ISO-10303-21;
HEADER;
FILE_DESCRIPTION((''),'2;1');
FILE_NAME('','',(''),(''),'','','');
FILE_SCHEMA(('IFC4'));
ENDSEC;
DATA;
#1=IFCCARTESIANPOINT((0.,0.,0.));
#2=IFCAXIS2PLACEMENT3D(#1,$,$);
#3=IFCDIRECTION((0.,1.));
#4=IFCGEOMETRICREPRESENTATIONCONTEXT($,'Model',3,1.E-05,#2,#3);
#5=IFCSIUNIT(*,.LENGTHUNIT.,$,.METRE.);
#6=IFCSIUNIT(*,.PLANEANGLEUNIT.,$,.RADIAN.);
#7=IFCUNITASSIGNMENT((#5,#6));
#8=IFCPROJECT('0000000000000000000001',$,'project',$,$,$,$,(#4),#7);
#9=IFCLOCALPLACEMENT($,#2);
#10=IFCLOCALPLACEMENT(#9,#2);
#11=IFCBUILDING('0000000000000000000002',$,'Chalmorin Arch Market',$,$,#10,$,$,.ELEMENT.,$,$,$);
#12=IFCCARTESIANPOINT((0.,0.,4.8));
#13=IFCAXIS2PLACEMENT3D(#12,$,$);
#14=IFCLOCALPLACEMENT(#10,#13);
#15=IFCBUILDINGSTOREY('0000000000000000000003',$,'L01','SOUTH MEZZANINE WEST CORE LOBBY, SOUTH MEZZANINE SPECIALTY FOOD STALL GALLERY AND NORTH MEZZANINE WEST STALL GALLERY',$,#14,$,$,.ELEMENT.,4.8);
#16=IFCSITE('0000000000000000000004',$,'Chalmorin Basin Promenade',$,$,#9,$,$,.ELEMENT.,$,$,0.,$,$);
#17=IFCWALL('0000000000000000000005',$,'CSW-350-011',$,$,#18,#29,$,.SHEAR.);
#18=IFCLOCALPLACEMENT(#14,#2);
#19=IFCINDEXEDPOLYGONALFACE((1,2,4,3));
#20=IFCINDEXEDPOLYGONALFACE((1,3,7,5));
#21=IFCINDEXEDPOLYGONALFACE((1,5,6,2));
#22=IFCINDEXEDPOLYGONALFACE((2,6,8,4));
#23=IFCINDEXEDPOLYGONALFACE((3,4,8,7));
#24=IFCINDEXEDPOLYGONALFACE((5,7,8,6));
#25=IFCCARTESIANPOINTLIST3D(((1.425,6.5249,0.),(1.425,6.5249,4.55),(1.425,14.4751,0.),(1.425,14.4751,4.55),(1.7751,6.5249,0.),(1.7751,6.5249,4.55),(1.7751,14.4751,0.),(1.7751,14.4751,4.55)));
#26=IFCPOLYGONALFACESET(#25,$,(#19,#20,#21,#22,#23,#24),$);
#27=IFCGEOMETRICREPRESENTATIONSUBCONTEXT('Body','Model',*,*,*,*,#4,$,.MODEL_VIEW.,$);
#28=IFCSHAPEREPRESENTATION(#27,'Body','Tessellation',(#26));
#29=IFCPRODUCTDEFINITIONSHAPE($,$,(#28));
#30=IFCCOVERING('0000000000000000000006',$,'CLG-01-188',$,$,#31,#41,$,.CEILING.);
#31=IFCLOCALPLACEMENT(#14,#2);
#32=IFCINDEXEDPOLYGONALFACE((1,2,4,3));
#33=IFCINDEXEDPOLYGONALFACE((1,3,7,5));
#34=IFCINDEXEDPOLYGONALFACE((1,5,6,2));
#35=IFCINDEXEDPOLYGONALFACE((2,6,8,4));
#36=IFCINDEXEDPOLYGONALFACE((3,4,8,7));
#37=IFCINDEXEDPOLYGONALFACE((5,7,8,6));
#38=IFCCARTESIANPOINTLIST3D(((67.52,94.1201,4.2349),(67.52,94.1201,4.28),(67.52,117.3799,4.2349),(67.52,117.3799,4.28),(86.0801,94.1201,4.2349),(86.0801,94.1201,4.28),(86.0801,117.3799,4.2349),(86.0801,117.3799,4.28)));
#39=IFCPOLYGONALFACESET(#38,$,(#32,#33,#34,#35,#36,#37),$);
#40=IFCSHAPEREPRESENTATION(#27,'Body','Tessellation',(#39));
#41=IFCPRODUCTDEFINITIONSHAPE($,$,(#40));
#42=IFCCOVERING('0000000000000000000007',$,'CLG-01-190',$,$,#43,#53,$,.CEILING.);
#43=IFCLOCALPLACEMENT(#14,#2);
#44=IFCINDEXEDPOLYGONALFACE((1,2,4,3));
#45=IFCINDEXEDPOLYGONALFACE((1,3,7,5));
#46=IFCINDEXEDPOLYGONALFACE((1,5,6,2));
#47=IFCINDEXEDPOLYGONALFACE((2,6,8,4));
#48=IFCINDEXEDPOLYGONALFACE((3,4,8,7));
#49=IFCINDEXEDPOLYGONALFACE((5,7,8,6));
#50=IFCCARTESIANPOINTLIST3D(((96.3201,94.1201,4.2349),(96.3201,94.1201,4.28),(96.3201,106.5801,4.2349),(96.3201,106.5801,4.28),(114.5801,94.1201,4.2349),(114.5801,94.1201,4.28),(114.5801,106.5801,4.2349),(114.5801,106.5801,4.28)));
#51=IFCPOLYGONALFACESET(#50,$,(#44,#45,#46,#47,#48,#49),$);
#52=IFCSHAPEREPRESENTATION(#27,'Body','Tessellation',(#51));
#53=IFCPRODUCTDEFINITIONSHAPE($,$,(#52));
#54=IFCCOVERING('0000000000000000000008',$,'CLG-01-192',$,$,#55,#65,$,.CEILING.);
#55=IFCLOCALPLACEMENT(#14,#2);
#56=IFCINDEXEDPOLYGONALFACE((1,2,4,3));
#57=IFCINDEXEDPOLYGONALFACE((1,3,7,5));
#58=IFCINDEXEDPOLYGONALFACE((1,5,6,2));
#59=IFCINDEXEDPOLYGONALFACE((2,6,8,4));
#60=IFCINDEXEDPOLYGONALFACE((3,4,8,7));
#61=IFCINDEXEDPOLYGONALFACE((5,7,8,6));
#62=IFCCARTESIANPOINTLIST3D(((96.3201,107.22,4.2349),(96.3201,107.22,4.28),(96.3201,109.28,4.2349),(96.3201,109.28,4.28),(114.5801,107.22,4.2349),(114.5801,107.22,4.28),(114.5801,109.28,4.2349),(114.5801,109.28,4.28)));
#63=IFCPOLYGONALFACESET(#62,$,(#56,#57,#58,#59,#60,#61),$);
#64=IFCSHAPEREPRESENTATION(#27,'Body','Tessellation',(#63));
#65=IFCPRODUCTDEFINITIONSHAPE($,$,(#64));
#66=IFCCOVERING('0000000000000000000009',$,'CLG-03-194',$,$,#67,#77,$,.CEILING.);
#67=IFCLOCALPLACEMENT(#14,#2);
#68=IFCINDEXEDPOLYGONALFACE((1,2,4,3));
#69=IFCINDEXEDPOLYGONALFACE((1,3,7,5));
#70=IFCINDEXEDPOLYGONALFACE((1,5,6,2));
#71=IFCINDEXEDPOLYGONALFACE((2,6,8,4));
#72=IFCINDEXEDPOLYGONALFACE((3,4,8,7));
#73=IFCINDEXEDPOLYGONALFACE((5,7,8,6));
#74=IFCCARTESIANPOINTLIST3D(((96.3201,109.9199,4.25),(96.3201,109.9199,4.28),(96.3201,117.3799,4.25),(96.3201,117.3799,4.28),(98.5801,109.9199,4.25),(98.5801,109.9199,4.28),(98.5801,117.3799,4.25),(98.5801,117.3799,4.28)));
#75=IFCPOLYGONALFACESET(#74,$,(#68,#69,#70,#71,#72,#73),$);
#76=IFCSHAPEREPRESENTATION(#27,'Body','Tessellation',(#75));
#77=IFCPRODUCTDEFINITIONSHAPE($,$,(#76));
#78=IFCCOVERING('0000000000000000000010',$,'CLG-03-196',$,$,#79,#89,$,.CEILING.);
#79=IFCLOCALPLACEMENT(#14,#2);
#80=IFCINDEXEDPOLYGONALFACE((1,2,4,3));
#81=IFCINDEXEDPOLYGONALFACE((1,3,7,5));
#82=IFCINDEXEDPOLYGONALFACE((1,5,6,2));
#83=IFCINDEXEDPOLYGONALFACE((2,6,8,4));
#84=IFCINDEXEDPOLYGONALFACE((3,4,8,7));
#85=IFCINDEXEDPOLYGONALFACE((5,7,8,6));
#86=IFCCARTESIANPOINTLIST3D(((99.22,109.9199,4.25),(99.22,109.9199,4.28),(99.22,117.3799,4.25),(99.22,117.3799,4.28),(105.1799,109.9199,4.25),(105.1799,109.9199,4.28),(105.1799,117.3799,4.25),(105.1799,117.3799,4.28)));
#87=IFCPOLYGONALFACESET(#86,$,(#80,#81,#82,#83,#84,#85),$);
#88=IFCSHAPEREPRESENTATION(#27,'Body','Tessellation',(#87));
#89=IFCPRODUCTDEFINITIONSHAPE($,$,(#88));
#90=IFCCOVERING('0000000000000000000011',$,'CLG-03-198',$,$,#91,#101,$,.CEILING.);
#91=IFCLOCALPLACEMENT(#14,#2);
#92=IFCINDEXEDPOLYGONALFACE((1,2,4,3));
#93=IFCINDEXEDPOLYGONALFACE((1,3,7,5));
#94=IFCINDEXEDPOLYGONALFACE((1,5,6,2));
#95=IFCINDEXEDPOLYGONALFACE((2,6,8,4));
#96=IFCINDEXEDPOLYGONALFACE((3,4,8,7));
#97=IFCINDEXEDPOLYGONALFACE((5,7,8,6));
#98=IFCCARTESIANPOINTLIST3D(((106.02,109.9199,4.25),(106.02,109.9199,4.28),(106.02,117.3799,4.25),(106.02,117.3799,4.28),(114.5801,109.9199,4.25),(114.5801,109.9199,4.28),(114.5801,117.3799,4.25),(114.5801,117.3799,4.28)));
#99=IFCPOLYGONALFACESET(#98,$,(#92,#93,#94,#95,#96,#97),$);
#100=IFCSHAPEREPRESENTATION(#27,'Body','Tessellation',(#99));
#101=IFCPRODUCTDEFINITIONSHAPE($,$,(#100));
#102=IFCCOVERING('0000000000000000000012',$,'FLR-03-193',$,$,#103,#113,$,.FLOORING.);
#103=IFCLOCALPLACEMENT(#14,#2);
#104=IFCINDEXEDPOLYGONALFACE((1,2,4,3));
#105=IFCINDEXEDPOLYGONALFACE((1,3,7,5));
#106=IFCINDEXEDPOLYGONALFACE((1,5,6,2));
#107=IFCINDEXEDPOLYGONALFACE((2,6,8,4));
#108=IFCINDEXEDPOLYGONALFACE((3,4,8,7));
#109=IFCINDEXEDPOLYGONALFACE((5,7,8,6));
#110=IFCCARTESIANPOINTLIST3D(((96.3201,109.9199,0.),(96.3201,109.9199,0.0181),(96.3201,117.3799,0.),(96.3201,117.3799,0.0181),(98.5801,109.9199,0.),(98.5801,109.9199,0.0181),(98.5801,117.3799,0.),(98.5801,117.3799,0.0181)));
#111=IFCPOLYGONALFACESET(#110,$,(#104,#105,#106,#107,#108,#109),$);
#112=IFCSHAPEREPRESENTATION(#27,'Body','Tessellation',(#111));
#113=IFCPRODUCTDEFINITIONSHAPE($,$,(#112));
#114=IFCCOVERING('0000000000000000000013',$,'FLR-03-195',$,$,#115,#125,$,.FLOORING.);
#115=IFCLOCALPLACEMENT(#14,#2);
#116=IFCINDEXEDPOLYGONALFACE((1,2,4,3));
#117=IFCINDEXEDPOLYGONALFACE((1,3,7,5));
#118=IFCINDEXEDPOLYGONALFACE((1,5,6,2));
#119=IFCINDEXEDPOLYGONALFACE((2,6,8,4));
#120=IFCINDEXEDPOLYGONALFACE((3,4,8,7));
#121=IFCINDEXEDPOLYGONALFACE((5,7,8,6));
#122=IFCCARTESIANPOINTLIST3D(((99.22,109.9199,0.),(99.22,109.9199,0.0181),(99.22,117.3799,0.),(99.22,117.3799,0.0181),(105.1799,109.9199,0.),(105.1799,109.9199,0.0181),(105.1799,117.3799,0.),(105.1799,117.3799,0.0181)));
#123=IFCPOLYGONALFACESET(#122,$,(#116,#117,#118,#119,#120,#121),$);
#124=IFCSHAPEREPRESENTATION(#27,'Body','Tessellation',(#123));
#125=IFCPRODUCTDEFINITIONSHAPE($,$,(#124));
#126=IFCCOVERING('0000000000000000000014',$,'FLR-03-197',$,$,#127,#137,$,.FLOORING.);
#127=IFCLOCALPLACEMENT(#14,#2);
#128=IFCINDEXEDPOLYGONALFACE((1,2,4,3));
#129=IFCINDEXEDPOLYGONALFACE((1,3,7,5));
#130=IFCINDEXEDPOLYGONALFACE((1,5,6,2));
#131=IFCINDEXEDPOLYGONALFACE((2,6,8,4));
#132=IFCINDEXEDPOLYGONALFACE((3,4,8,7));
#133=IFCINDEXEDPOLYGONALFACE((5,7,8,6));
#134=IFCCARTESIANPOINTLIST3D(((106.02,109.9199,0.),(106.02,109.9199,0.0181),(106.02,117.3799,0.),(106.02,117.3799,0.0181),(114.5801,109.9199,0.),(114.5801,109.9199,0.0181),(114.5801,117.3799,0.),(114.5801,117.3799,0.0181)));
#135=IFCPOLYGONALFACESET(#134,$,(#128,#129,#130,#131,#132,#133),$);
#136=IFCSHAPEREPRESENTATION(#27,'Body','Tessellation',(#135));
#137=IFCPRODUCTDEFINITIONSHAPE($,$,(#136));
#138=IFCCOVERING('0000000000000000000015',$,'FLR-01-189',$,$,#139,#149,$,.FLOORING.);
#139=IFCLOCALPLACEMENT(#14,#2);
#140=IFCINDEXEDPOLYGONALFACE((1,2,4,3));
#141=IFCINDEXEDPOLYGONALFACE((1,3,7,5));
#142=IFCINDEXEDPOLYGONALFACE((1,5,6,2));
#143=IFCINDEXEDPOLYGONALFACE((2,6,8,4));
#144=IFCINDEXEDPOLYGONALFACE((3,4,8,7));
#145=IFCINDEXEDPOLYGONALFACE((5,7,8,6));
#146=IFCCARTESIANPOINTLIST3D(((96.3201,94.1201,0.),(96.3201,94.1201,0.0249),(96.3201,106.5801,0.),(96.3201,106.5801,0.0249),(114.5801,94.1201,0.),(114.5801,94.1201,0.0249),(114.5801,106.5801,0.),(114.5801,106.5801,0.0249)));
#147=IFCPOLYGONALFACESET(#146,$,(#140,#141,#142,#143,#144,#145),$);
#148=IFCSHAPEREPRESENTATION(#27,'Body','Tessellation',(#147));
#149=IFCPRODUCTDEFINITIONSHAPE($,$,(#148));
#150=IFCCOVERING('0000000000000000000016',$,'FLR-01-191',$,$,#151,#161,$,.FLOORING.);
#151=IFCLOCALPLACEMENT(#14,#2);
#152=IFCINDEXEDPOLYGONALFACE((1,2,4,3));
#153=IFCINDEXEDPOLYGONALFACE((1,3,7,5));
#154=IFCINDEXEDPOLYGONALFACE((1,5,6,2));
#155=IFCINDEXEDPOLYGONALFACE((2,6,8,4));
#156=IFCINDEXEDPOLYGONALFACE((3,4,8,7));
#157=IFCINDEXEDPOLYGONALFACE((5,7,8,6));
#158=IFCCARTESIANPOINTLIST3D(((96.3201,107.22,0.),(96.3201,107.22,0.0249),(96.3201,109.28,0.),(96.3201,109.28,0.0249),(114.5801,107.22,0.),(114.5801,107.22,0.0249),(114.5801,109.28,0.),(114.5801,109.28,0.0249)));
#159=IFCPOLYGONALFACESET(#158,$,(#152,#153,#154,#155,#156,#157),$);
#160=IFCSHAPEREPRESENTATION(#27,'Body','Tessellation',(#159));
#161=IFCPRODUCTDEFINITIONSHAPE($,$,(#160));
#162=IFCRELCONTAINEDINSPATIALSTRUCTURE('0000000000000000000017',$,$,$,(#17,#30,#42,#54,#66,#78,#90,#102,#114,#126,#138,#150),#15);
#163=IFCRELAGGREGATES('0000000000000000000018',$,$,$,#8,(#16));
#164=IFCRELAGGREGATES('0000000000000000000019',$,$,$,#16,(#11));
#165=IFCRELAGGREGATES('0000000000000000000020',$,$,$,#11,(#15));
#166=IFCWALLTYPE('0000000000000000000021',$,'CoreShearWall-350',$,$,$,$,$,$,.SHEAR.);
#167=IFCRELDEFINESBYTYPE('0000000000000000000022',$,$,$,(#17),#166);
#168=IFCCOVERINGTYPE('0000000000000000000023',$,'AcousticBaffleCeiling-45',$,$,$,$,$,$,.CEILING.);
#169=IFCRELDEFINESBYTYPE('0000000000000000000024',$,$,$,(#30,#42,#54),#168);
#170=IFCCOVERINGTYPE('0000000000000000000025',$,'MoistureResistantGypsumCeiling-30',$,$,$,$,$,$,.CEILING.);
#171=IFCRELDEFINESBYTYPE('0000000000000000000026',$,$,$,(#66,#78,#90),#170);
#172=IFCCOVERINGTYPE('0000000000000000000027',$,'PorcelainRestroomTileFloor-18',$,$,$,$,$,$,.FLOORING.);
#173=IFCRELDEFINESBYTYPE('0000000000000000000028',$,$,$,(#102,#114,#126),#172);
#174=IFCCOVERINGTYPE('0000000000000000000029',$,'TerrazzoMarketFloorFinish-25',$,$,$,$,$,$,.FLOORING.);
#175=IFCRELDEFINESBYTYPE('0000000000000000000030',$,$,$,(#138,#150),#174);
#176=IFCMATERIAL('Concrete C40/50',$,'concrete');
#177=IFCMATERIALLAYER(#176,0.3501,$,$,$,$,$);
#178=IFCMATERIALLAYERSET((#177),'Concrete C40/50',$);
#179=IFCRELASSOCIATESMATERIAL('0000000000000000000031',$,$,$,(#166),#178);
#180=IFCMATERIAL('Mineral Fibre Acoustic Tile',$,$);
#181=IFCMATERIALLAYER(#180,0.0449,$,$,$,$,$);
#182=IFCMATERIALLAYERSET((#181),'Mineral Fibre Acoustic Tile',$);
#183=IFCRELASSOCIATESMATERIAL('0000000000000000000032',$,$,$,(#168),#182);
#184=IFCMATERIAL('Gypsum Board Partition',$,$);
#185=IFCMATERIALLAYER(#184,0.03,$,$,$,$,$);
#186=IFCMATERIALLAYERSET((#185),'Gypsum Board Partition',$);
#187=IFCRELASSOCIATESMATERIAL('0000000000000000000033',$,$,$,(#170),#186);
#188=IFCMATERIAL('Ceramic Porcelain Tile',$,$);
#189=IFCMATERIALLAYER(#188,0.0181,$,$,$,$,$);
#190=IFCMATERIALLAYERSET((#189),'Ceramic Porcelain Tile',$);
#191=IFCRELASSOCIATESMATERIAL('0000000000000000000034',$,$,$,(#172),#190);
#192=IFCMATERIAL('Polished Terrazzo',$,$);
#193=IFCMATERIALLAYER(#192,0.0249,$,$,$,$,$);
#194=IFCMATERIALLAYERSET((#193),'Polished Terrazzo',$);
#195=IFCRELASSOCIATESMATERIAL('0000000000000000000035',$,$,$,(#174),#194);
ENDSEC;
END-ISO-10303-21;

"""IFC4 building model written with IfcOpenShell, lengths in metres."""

from ifc_helpers import new_model, si_unit, direction, frame, frame_2d, origin, place, context, subcontext, project, spatial, polyline, rectangle, outline, extrude, material, layer, layer_set, type_object, element, save


model = new_model("IFC4")

# Units and contexts
model_context = context("Model", 3, precision=1e-05, world=origin(), true_north=direction((0.0, 1.0)))
body_context = subcontext(model_context, "Body", "Model", "MODEL_VIEW")
ifc_project = project(units=[si_unit("LENGTHUNIT", "METRE"), si_unit("PLANEANGLEUNIT", "RADIAN")], contexts=[model_context])

# Site, building, storey
site_placement = place(None, origin())
site = spatial("IfcSite", under=ifc_project, at=site_placement, Name="Chalmorin Basin Promenade", CompositionType="ELEMENT", RefElevation=0.0)
building_placement = place(site_placement, origin())
building = spatial("IfcBuilding", under=site, at=building_placement, Name="Chalmorin Arch Market", CompositionType="ELEMENT")
storey_placement = place(building_placement, frame((0.0, 0.0, 4.8)))
storey = spatial("IfcBuildingStorey", under=building, at=storey_placement, Name="L01", Description="SOUTH MEZZANINE WEST CORE LOBBY, SOUTH MEZZANINE SPECIALTY FOOD STALL GALLERY AND NORTH MEZZANINE WEST STALL GALLERY", CompositionType="ELEMENT", Elevation=4.8)

# Shared definitions
ifc_material_1 = material(Name="Concrete C40/50", Category="concrete")

# Wall
ifc_layer_1 = layer(ifc_material_1, 0.3501)
ifc_layer_set_1 = layer_set([ifc_layer_1], Name="Concrete C40/50")
wall_type = type_object("IfcWallType", Name="CoreShearWall-350", PredefinedType="SHEAR", material=ifc_layer_set_1)
wall_placement = place(storey_placement, frame((1.6001, 6.5249, 0.0), z_axis=(0.0, 0.0, 1.0), x_axis=(0.0, 1.0, 0.0)))
element("IfcWall", 1, at=wall_placement, inside=storey, type_object=wall_type, Name="CSW-350-011", PredefinedType="SHEAR", context=body_context, shape_type="SweptSolid", body=[
    extrude(rectangle(XDim=7.9502, YDim=0.3501, at=frame_2d((3.9751, 0.0))), origin(), (0.0, 0.0, 1.0), 4.55),
])

# Coverings
ifc_material_2 = material(Name="Mineral Fibre Acoustic Tile")
ifc_layer_2 = layer(ifc_material_2, 0.0449)
ifc_layer_set_2 = layer_set([ifc_layer_2], Name="Mineral Fibre Acoustic Tile")
covering_type_1 = type_object("IfcCoveringType", Name="AcousticBaffleCeiling-45", PredefinedType="CEILING", material=ifc_layer_set_2)
covering_1_placement = place(storey_placement, frame((0.0, 0.0, 4.2349)))
element("IfcCovering", 2, at=covering_1_placement, inside=storey, type_object=covering_type_1, Name="CLG-01-188", PredefinedType="CEILING", context=body_context, shape_type="SweptSolid", body=[
    extrude(outline(polyline([(67.52, 94.1201), (86.0801, 94.1201), (86.0801, 117.3799), (67.52, 117.3799), (67.52, 94.1201)])), origin(), (0.0, 0.0, 1.0), 0.0452),
])
covering_2_placement = place(storey_placement, frame((0.0, 0.0, 4.2349)))
element("IfcCovering", 3, at=covering_2_placement, inside=storey, type_object=covering_type_1, Name="CLG-01-190", PredefinedType="CEILING", context=body_context, shape_type="SweptSolid", body=[
    extrude(outline(polyline([(96.3201, 94.1201), (114.5801, 94.1201), (114.5801, 106.5801), (96.3201, 106.5801), (96.3201, 94.1201)])), origin(), (0.0, 0.0, 1.0), 0.0452),
])
covering_3_placement = place(storey_placement, frame((0.0, 0.0, 4.2349)))
element("IfcCovering", 4, at=covering_3_placement, inside=storey, type_object=covering_type_1, Name="CLG-01-192", PredefinedType="CEILING", context=body_context, shape_type="SweptSolid", body=[
    extrude(outline(polyline([(96.3201, 107.22), (114.5801, 107.22), (114.5801, 109.28), (96.3201, 109.28), (96.3201, 107.22)])), origin(), (0.0, 0.0, 1.0), 0.0452),
])
ifc_material_3 = material(Name="Gypsum Board Partition")
ifc_layer_3 = layer(ifc_material_3, 0.03)
ifc_layer_set_3 = layer_set([ifc_layer_3], Name="Gypsum Board Partition")
covering_type_2 = type_object("IfcCoveringType", Name="MoistureResistantGypsumCeiling-30", PredefinedType="CEILING", material=ifc_layer_set_3)
covering_4_placement = place(storey_placement, frame((0.0, 0.0, 4.25)))
element("IfcCovering", 5, at=covering_4_placement, inside=storey, type_object=covering_type_2, Name="CLG-03-194", PredefinedType="CEILING", context=body_context, shape_type="SweptSolid", body=[
    extrude(outline(polyline([(96.3201, 109.9199), (98.5801, 109.9199), (98.5801, 117.3799), (96.3201, 117.3799), (96.3201, 109.9199)])), origin(), (0.0, 0.0, 1.0), 0.03),
])
covering_5_placement = place(storey_placement, frame((0.0, 0.0, 4.25)))
element("IfcCovering", 6, at=covering_5_placement, inside=storey, type_object=covering_type_2, Name="CLG-03-196", PredefinedType="CEILING", context=body_context, shape_type="SweptSolid", body=[
    extrude(outline(polyline([(99.22, 109.9199), (105.1799, 109.9199), (105.1799, 117.3799), (99.22, 117.3799), (99.22, 109.9199)])), origin(), (0.0, 0.0, 1.0), 0.03),
])
covering_6_placement = place(storey_placement, frame((0.0, 0.0, 4.25)))
element("IfcCovering", 7, at=covering_6_placement, inside=storey, type_object=covering_type_2, Name="CLG-03-198", PredefinedType="CEILING", context=body_context, shape_type="SweptSolid", body=[
    extrude(outline(polyline([(106.02, 109.9199), (114.5801, 109.9199), (114.5801, 117.3799), (106.02, 117.3799), (106.02, 109.9199)])), origin(), (0.0, 0.0, 1.0), 0.03),
])
ifc_material_4 = material(Name="Ceramic Porcelain Tile")
ifc_layer_4 = layer(ifc_material_4, 0.0181)
ifc_layer_set_4 = layer_set([ifc_layer_4], Name="Ceramic Porcelain Tile")
covering_type_3 = type_object("IfcCoveringType", Name="PorcelainRestroomTileFloor-18", PredefinedType="FLOORING", material=ifc_layer_set_4)
covering_7_placement = place(storey_placement, origin())
element("IfcCovering", 8, at=covering_7_placement, inside=storey, type_object=covering_type_3, Name="FLR-03-193", PredefinedType="FLOORING", context=body_context, shape_type="SweptSolid", body=[
    extrude(outline(polyline([(96.3201, 109.9199), (98.5801, 109.9199), (98.5801, 117.3799), (96.3201, 117.3799), (96.3201, 109.9199)])), origin(), (0.0, 0.0, 1.0), 0.0181),
])
covering_8_placement = place(storey_placement, origin())
element("IfcCovering", 9, at=covering_8_placement, inside=storey, type_object=covering_type_3, Name="FLR-03-195", PredefinedType="FLOORING", context=body_context, shape_type="SweptSolid", body=[
    extrude(outline(polyline([(99.22, 109.9199), (105.1799, 109.9199), (105.1799, 117.3799), (99.22, 117.3799), (99.22, 109.9199)])), origin(), (0.0, 0.0, 1.0), 0.0181),
])
covering_9_placement = place(storey_placement, origin())
element("IfcCovering", 10, at=covering_9_placement, inside=storey, type_object=covering_type_3, Name="FLR-03-197", PredefinedType="FLOORING", context=body_context, shape_type="SweptSolid", body=[
    extrude(outline(polyline([(106.02, 109.9199), (114.5801, 109.9199), (114.5801, 117.3799), (106.02, 117.3799), (106.02, 109.9199)])), origin(), (0.0, 0.0, 1.0), 0.0181),
])
ifc_material_5 = material(Name="Polished Terrazzo")
ifc_layer_5 = layer(ifc_material_5, 0.0249)
ifc_layer_set_5 = layer_set([ifc_layer_5], Name="Polished Terrazzo")
covering_type_4 = type_object("IfcCoveringType", Name="TerrazzoMarketFloorFinish-25", PredefinedType="FLOORING", material=ifc_layer_set_5)
covering_10_placement = place(storey_placement, origin())
element("IfcCovering", 11, at=covering_10_placement, inside=storey, type_object=covering_type_4, Name="FLR-01-189", PredefinedType="FLOORING", context=body_context, shape_type="SweptSolid", body=[
    extrude(outline(polyline([(96.3201, 94.1201), (114.5801, 94.1201), (114.5801, 106.5801), (96.3201, 106.5801), (96.3201, 94.1201)])), origin(), (0.0, 0.0, 1.0), 0.0249),
])
covering_11_placement = place(storey_placement, origin())
element("IfcCovering", 12, at=covering_11_placement, inside=storey, type_object=covering_type_4, Name="FLR-01-191", PredefinedType="FLOORING", context=body_context, shape_type="SweptSolid", body=[
    extrude(outline(polyline([(96.3201, 107.22), (114.5801, 107.22), (114.5801, 109.28), (96.3201, 109.28), (96.3201, 107.22)])), origin(), (0.0, 0.0, 1.0), 0.0249),
])

save(model, "model.ifc")
